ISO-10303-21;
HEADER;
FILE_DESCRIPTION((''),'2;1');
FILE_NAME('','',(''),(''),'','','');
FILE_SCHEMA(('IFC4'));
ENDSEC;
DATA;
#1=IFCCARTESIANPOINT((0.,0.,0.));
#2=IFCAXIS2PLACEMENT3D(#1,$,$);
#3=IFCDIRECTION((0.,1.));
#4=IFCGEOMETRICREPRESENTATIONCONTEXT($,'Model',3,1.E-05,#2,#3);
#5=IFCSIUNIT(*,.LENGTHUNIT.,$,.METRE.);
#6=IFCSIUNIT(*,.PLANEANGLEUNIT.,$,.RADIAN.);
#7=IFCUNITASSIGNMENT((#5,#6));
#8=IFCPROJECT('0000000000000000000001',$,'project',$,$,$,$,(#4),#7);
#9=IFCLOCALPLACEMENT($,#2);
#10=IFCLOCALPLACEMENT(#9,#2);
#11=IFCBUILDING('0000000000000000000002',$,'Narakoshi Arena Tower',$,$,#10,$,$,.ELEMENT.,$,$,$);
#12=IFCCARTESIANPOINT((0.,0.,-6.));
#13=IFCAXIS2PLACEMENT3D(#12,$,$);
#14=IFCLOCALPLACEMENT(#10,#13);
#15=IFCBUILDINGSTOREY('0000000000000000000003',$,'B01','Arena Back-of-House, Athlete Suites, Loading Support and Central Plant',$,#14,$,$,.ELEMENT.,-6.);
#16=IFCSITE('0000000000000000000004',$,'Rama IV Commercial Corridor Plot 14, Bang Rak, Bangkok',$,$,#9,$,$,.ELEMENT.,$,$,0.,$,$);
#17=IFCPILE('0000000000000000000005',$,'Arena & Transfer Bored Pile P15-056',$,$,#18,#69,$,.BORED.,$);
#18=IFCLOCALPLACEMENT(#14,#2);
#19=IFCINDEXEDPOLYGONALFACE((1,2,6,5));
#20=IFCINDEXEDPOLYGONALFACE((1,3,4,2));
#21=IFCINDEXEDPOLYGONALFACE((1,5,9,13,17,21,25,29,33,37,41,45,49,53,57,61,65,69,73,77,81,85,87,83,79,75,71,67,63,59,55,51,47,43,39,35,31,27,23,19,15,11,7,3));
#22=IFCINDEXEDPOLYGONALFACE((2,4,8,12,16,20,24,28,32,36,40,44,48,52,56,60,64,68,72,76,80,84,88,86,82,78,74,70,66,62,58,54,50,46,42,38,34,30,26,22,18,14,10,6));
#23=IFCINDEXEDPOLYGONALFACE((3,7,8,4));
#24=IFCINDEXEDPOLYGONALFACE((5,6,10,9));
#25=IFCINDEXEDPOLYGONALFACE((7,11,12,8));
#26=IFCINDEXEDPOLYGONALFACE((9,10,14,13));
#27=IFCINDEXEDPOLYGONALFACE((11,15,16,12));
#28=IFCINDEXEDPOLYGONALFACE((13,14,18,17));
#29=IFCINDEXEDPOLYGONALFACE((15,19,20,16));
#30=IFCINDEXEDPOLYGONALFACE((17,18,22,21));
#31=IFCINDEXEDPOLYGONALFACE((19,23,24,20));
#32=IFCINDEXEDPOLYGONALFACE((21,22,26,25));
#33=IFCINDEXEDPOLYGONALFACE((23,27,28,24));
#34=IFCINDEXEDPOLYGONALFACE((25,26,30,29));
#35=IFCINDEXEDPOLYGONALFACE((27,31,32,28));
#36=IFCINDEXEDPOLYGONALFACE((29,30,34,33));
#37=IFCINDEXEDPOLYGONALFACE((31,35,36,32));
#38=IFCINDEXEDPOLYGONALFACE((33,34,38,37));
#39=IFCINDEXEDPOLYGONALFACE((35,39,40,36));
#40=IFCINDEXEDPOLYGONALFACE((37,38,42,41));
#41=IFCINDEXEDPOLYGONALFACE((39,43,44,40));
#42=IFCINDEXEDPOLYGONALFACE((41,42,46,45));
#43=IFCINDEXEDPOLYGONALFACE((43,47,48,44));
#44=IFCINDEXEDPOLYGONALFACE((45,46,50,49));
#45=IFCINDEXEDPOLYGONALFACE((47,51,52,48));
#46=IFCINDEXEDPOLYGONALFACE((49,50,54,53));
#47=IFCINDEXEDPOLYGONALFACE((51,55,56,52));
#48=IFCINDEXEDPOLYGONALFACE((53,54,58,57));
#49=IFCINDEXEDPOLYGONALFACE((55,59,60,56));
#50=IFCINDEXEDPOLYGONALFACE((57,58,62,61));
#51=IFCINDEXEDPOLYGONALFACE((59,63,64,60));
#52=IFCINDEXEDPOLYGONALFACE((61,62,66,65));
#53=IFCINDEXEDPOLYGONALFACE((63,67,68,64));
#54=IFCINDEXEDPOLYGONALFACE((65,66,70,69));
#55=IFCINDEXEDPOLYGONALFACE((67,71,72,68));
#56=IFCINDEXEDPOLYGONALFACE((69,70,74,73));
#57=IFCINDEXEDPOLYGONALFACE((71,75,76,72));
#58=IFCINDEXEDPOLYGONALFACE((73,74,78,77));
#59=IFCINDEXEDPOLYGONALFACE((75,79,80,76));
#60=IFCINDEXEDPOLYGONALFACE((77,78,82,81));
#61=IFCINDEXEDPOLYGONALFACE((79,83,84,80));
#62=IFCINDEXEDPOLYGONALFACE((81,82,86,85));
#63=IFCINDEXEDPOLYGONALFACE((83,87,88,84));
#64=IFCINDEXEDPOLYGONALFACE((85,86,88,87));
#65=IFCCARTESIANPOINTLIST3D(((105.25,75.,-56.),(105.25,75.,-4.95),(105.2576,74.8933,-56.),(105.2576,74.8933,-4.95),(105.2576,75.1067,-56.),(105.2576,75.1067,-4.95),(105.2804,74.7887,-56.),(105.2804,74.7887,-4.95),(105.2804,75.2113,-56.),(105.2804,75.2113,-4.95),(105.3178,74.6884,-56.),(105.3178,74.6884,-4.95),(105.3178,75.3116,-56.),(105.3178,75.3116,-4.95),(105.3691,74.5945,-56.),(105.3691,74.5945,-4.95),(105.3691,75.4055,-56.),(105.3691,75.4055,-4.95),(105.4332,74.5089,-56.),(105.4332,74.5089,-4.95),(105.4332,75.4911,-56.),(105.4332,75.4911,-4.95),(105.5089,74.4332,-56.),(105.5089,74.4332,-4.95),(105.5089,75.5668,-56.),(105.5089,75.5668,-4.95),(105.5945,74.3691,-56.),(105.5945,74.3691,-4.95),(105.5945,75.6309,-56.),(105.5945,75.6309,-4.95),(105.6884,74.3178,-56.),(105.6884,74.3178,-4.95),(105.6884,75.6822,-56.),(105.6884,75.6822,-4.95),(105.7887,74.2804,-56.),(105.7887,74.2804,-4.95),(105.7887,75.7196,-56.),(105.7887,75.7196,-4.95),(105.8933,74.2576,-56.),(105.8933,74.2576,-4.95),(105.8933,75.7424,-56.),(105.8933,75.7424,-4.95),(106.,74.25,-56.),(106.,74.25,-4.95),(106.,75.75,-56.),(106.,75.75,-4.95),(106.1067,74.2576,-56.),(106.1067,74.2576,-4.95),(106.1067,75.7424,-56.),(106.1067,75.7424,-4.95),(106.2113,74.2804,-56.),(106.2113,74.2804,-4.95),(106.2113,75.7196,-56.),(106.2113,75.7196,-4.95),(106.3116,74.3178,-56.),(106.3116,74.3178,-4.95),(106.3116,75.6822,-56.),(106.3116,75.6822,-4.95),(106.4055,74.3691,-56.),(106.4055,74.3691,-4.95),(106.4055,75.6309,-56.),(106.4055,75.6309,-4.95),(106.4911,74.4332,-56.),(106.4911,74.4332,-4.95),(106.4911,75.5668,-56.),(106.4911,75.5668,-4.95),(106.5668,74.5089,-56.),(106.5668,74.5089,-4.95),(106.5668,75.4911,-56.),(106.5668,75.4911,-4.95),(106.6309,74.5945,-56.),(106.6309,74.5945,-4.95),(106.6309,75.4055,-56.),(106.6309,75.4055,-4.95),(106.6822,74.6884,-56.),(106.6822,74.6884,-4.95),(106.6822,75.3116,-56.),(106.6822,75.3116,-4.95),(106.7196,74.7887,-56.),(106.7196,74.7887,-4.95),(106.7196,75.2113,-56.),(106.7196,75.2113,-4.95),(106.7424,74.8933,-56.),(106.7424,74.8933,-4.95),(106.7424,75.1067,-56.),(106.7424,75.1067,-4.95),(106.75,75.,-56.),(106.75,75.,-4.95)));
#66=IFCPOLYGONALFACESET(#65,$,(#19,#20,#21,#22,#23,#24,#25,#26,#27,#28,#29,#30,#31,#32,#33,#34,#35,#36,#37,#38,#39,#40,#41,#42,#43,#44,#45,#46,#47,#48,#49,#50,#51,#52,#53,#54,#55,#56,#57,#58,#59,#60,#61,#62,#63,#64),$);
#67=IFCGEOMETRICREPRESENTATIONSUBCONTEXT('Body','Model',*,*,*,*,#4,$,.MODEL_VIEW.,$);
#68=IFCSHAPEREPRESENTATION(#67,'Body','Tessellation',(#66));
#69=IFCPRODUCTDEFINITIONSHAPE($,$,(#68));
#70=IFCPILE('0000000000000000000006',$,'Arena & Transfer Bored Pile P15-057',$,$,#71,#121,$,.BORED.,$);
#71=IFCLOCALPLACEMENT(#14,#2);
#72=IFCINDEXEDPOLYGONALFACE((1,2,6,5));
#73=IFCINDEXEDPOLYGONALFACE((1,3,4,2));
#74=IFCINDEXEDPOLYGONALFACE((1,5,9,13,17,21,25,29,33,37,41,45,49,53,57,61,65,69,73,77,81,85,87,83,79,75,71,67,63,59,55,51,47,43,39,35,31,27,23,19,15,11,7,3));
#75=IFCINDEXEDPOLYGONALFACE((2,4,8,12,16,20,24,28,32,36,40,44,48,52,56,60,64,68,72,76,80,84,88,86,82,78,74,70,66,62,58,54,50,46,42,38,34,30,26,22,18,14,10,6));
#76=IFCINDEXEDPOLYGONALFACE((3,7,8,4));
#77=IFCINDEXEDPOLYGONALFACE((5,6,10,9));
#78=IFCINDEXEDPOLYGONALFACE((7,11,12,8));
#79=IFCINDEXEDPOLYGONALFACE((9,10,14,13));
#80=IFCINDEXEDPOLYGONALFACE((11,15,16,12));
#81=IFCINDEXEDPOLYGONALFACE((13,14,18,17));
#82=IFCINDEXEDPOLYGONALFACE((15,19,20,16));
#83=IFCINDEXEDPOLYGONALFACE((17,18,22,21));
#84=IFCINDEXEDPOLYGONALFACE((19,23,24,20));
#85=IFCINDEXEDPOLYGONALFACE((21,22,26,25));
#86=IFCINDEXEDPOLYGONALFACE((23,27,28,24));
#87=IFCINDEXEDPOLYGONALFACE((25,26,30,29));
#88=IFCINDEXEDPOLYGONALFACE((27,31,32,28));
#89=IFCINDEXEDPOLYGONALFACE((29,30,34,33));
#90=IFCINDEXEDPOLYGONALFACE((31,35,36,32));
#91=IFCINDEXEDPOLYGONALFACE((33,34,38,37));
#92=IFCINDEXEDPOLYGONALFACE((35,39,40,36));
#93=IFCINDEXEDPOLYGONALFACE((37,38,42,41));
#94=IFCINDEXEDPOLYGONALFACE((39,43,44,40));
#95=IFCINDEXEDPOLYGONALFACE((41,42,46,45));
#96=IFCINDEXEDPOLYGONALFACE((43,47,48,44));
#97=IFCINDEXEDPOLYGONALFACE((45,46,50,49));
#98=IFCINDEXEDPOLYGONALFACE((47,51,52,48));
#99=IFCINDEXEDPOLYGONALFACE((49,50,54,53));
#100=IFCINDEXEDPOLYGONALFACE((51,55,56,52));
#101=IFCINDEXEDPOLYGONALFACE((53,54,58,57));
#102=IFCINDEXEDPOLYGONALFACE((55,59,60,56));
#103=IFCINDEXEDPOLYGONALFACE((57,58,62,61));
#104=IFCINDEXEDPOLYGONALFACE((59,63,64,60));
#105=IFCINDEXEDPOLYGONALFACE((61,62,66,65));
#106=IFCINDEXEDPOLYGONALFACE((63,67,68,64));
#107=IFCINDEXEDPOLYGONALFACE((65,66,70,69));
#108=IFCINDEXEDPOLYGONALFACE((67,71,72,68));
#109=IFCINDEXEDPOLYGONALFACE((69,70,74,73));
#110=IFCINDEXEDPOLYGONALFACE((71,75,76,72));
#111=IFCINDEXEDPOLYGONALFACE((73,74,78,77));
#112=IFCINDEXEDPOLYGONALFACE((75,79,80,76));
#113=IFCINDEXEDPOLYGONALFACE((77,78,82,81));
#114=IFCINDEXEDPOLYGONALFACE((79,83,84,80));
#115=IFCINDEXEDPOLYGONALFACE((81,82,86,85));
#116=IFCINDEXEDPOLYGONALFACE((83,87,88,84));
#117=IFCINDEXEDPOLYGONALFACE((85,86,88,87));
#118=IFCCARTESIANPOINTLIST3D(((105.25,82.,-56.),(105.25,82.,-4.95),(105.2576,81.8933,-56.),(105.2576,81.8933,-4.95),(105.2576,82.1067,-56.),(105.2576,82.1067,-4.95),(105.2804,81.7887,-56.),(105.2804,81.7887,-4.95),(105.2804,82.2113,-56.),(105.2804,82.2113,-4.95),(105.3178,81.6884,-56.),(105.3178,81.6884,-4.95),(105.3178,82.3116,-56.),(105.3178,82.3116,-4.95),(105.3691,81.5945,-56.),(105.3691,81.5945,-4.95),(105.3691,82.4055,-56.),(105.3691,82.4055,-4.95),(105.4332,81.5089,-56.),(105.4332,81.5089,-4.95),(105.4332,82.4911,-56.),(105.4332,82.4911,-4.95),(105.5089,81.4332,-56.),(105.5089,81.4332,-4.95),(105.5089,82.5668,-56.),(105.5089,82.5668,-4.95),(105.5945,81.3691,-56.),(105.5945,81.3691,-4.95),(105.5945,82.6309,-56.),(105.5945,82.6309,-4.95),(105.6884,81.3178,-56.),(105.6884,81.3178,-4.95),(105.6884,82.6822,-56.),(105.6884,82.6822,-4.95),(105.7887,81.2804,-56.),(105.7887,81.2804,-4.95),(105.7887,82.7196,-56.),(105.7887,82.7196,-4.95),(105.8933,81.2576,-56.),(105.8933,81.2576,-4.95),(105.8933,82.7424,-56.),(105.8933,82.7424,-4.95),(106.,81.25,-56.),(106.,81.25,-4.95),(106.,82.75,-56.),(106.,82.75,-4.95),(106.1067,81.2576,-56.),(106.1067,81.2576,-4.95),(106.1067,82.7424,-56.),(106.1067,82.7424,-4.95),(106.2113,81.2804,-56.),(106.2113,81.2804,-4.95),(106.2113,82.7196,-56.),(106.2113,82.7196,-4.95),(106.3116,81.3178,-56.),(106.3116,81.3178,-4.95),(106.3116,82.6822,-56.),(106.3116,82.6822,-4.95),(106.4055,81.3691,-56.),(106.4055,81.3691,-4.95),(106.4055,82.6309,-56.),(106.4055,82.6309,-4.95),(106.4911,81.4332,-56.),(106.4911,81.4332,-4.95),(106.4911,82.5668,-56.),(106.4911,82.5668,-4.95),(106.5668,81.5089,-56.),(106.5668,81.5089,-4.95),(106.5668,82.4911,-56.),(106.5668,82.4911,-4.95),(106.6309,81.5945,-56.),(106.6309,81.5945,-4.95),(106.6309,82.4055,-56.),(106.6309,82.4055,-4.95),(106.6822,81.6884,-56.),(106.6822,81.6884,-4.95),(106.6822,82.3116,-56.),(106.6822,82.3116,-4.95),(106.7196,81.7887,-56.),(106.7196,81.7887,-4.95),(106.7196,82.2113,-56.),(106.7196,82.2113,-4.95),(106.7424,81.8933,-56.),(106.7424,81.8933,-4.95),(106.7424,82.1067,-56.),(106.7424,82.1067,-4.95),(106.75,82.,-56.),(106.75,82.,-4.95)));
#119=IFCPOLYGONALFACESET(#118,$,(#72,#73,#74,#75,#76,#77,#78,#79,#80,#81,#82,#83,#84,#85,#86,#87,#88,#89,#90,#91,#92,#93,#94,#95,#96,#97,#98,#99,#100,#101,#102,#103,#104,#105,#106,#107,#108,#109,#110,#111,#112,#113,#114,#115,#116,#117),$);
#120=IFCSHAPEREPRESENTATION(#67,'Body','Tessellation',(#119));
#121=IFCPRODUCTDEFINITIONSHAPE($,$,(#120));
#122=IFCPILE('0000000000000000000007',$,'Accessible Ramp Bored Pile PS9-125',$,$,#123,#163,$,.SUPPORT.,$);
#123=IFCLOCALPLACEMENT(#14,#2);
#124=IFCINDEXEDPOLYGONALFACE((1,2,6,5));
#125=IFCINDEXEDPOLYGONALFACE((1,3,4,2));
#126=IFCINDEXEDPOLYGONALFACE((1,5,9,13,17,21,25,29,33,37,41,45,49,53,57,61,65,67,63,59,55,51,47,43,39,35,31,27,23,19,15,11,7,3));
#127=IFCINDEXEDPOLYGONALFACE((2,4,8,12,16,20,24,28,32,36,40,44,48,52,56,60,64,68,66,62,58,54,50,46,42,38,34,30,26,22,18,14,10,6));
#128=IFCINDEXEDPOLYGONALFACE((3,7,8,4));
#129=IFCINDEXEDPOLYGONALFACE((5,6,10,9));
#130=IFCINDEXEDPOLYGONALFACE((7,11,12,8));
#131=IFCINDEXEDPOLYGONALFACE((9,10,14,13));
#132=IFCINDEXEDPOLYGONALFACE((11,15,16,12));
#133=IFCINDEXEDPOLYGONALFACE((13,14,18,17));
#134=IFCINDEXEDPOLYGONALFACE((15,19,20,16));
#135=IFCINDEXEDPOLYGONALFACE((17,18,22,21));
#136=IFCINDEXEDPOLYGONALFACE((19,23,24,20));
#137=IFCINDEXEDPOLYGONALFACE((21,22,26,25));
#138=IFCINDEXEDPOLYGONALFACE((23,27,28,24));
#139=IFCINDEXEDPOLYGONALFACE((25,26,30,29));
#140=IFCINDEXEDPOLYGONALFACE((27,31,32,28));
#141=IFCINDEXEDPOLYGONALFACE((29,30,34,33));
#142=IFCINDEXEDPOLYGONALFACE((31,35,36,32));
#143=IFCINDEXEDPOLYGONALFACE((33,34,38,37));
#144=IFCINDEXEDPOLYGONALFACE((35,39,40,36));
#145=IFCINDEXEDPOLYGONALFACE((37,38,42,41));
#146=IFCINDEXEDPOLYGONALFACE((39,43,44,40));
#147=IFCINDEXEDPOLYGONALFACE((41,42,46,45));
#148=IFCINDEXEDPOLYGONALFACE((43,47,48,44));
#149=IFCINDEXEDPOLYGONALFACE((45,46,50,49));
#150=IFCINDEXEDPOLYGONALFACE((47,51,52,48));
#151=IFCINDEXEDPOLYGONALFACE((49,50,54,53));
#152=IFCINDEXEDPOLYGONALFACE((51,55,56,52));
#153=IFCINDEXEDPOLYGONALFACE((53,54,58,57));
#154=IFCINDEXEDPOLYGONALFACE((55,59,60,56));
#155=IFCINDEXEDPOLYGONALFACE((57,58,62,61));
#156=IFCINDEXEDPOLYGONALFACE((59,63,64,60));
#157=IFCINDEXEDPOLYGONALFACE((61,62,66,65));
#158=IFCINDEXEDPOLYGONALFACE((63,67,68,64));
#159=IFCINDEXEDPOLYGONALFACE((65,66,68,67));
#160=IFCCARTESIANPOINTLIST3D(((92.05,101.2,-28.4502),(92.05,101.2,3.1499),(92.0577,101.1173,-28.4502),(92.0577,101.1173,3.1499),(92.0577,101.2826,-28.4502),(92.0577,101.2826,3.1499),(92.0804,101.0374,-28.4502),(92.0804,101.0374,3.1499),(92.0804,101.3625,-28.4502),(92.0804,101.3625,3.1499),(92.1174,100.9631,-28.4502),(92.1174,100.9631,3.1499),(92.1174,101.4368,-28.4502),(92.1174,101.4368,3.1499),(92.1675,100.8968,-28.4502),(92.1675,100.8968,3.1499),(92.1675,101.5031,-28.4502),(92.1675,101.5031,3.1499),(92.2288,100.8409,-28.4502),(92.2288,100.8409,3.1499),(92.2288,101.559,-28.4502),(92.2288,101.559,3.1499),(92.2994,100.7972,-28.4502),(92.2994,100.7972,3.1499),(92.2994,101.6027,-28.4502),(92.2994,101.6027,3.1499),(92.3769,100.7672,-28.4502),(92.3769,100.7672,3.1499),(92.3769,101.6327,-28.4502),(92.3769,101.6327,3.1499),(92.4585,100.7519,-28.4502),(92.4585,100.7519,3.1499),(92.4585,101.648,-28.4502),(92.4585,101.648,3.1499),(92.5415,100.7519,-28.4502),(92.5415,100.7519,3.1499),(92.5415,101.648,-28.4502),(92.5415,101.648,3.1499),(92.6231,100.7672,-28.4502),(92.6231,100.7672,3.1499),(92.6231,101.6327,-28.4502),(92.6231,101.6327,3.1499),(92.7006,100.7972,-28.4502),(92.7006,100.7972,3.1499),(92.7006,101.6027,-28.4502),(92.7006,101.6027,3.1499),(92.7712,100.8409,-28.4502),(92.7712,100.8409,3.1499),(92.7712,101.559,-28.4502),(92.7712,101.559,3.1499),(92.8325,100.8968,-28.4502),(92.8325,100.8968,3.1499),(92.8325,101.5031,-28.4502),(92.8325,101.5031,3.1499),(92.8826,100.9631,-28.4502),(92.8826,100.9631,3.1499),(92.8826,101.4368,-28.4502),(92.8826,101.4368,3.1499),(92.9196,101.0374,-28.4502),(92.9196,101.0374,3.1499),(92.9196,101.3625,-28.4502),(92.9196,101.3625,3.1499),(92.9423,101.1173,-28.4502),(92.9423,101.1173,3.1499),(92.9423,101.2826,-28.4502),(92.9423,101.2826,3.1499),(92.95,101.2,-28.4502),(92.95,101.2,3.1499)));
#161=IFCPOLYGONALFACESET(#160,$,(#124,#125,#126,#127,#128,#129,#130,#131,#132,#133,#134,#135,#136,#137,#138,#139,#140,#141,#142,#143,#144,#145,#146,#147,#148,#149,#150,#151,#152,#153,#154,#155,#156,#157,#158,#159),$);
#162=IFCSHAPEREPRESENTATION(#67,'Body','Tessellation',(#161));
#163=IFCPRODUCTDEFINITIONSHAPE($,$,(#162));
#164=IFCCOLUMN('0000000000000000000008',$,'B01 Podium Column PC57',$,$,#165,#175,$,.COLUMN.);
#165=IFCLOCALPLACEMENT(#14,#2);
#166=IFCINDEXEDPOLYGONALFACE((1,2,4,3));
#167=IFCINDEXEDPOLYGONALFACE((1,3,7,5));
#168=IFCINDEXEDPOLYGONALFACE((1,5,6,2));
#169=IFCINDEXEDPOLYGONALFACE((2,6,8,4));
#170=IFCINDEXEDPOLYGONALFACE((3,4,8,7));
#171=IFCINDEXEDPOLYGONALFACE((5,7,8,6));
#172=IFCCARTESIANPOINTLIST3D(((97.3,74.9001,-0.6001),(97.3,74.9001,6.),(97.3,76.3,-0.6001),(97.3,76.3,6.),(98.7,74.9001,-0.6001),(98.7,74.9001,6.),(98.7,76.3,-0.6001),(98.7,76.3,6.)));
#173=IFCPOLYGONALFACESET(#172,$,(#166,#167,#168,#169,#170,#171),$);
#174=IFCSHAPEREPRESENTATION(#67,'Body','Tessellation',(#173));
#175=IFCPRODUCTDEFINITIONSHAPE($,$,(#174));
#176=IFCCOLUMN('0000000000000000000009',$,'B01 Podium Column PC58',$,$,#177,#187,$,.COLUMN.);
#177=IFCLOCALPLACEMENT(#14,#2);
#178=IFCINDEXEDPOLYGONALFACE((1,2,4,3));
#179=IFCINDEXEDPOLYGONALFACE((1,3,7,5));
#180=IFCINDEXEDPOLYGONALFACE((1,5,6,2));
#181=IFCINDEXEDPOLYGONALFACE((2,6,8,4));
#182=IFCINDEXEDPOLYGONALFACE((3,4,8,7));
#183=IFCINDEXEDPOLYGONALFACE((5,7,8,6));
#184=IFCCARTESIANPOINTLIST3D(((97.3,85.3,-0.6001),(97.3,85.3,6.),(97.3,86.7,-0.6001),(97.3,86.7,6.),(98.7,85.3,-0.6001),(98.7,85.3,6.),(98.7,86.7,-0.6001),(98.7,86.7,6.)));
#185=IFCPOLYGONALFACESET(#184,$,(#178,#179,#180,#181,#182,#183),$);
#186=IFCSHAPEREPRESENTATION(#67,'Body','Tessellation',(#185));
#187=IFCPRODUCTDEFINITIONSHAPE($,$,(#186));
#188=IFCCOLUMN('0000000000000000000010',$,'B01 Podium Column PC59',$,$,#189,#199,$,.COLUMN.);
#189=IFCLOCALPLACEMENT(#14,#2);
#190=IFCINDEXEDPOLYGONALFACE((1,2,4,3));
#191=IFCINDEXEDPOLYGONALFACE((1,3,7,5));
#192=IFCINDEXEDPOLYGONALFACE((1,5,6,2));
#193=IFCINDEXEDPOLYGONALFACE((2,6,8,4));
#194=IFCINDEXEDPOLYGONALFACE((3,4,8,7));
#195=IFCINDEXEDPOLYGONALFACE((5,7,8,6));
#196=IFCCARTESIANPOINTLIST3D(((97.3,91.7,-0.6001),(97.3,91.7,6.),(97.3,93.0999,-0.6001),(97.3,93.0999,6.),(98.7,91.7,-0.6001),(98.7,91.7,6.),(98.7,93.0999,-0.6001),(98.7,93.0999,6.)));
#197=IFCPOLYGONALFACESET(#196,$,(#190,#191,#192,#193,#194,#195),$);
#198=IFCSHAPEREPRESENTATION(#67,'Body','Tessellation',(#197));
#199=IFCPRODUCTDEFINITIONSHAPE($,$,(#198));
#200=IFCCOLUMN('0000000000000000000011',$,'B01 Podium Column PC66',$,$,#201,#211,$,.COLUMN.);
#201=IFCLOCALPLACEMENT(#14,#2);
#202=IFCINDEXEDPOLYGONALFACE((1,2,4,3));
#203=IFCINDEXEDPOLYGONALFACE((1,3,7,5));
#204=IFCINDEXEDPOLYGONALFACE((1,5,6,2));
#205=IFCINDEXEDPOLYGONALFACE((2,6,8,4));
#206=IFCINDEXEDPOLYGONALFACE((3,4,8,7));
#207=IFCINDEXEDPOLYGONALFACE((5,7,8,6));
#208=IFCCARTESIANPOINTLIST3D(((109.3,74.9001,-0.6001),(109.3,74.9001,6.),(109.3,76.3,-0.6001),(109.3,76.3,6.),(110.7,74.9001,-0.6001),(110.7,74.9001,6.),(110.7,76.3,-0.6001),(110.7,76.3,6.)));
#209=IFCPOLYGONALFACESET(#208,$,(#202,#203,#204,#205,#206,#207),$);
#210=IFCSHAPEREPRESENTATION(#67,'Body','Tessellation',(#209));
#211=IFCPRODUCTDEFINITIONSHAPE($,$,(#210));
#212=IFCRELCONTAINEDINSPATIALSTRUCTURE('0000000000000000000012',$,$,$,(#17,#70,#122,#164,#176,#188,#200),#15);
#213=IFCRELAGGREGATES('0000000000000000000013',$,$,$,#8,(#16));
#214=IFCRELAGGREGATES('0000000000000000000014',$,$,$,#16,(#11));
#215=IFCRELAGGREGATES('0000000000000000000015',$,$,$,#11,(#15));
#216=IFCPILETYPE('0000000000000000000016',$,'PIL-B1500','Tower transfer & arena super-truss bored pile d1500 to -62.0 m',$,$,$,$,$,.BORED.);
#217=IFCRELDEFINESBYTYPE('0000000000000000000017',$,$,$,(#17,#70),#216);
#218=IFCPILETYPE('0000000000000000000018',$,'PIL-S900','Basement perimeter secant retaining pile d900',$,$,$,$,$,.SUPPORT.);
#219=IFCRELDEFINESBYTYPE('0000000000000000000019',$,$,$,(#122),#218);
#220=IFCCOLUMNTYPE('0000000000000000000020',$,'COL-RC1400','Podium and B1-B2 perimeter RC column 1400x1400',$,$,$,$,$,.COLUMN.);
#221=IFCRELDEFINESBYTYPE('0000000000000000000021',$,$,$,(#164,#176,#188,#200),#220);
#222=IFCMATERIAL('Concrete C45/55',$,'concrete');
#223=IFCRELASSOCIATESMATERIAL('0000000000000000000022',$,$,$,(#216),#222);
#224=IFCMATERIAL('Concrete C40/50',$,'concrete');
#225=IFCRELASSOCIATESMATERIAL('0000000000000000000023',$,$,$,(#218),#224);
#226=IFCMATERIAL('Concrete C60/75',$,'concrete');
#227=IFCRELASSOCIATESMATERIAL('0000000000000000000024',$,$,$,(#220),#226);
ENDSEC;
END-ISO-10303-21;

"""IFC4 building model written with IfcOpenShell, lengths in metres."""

from ifc_helpers import new_model, si_unit, direction, frame, origin, origin_2d, place, context, subcontext, project, spatial, rectangle, circle, extrude, material, material_profile, profile_set, type_object, element, save


model = new_model("IFC4")

# Units and contexts
model_context = context("Model", 3, precision=1e-05, world=origin(), true_north=direction((0.0, 1.0)))
body_context = subcontext(model_context, "Body", "Model", "MODEL_VIEW")
ifc_project = project(units=[si_unit("LENGTHUNIT", "METRE"), si_unit("PLANEANGLEUNIT", "RADIAN")], contexts=[model_context])

# Site, building, storey
site_placement = place(None, origin())
site = spatial("IfcSite", under=ifc_project, at=site_placement, Name="Rama IV Commercial Corridor Plot 14, Bang Rak, Bangkok", CompositionType="ELEMENT", RefElevation=0.0)
building_placement = place(site_placement, origin())
building = spatial("IfcBuilding", under=site, at=building_placement, Name="Narakoshi Arena Tower", CompositionType="ELEMENT")
storey_placement = place(building_placement, frame((0.0, 0.0, -6.0)))
storey = spatial("IfcBuildingStorey", under=building, at=storey_placement, Name="B01", Description="Arena Back-of-House, Athlete Suites, Loading Support and Central Plant", CompositionType="ELEMENT", Elevation=-6.0)

# Shared definitions
ifc_material_1 = material(Name="Concrete C45/55", Category="concrete")

# Piles
ifc_material_profile_1 = material_profile(ifc_material_1, circle(Radius=0.75, at=origin_2d()), Name="PILE-D1500")
ifc_profile_set_1 = profile_set([ifc_material_profile_1], Name="Concrete C45/55")
pile_type_1 = type_object("IfcPileType", Name="PIL-B1500", Description="Tower transfer & arena super-truss bored pile d1500 to -62.0 m", PredefinedType="BORED", material=ifc_profile_set_1)
for number, where, z_axis, x_axis, name in (
    (1, (106.0, 75.0, -4.95), (0.0, 0.0, -1.0), (1.0, 0.0, 0.0), "Arena & Transfer Bored Pile P15-056"),
    (2, (106.0, 82.0, -4.95), (0.0, 0.0, -1.0), (1.0, 0.0, 0.0), "Arena & Transfer Bored Pile P15-057"),
):
    element("IfcPile", number, at=place(storey_placement, frame(where, z_axis=z_axis, x_axis=x_axis)), inside=storey, type_object=pile_type_1, Name=name, PredefinedType="BORED", context=body_context, shape_type="SweptSolid", body=[
        extrude(circle(Radius=0.75, at=origin_2d()), origin(), (0.0, 0.0, 1.0), 51.05),
    ])
ifc_material_2 = material(Name="Concrete C40/50", Category="concrete")
ifc_material_profile_2 = material_profile(ifc_material_2, circle(Radius=0.45, at=origin_2d()), Name="PILE-D900")
ifc_profile_set_2 = profile_set([ifc_material_profile_2], Name="Concrete C40/50")
pile_type_2 = type_object("IfcPileType", Name="PIL-S900", Description="Basement perimeter secant retaining pile d900", PredefinedType="SUPPORT", material=ifc_profile_set_2)
pile_placement = place(storey_placement, frame((92.5, 101.2, 3.1499), z_axis=(0.0, 0.0, -1.0), x_axis=(1.0, 0.0, 0.0)))
element("IfcPile", 3, at=pile_placement, inside=storey, type_object=pile_type_2, Name="Accessible Ramp Bored Pile PS9-125", PredefinedType="SUPPORT", context=body_context, shape_type="SweptSolid", body=[
    extrude(circle(Radius=0.45, at=origin_2d()), origin(), (0.0, 0.0, 1.0), 31.6001),
])

# Columns
ifc_material_3 = material(Name="Concrete C60/75", Category="concrete")
ifc_material_profile_3 = material_profile(ifc_material_3, rectangle(XDim=1.3999, YDim=1.3999, at=origin_2d()), Name="RC1400x1400")
ifc_profile_set_3 = profile_set([ifc_material_profile_3], Name="Concrete C60/75")
column_type = type_object("IfcColumnType", Name="COL-RC1400", Description="Podium and B1-B2 perimeter RC column 1400x1400", PredefinedType="COLUMN", material=ifc_profile_set_3)
for number, where, z_axis, x_axis, name in (
    (4, (98.0, 75.6001, -0.6001), (0.0, 0.0, 1.0), (1.0, 0.0, 0.0), "B01 Podium Column PC57"),
    (5, (98.0, 86.0, -0.6001), (0.0, 0.0, 1.0), (1.0, 0.0, 0.0), "B01 Podium Column PC58"),
    (6, (98.0, 92.3999, -0.6001), (0.0, 0.0, 1.0), (1.0, 0.0, 0.0), "B01 Podium Column PC59"),
    (7, (110.0, 75.6001, -0.6001), (0.0, 0.0, 1.0), (1.0, 0.0, 0.0), "B01 Podium Column PC66"),
):
    element("IfcColumn", number, at=place(storey_placement, frame(where, z_axis=z_axis, x_axis=x_axis)), inside=storey, type_object=column_type, Name=name, PredefinedType="COLUMN", context=body_context, shape_type="SweptSolid", body=[
        extrude(rectangle(XDim=1.3999, YDim=1.3999, at=origin_2d()), origin(), (0.0, 0.0, 1.0), 6.6001),
    ])

save(model, "model.ifc")
